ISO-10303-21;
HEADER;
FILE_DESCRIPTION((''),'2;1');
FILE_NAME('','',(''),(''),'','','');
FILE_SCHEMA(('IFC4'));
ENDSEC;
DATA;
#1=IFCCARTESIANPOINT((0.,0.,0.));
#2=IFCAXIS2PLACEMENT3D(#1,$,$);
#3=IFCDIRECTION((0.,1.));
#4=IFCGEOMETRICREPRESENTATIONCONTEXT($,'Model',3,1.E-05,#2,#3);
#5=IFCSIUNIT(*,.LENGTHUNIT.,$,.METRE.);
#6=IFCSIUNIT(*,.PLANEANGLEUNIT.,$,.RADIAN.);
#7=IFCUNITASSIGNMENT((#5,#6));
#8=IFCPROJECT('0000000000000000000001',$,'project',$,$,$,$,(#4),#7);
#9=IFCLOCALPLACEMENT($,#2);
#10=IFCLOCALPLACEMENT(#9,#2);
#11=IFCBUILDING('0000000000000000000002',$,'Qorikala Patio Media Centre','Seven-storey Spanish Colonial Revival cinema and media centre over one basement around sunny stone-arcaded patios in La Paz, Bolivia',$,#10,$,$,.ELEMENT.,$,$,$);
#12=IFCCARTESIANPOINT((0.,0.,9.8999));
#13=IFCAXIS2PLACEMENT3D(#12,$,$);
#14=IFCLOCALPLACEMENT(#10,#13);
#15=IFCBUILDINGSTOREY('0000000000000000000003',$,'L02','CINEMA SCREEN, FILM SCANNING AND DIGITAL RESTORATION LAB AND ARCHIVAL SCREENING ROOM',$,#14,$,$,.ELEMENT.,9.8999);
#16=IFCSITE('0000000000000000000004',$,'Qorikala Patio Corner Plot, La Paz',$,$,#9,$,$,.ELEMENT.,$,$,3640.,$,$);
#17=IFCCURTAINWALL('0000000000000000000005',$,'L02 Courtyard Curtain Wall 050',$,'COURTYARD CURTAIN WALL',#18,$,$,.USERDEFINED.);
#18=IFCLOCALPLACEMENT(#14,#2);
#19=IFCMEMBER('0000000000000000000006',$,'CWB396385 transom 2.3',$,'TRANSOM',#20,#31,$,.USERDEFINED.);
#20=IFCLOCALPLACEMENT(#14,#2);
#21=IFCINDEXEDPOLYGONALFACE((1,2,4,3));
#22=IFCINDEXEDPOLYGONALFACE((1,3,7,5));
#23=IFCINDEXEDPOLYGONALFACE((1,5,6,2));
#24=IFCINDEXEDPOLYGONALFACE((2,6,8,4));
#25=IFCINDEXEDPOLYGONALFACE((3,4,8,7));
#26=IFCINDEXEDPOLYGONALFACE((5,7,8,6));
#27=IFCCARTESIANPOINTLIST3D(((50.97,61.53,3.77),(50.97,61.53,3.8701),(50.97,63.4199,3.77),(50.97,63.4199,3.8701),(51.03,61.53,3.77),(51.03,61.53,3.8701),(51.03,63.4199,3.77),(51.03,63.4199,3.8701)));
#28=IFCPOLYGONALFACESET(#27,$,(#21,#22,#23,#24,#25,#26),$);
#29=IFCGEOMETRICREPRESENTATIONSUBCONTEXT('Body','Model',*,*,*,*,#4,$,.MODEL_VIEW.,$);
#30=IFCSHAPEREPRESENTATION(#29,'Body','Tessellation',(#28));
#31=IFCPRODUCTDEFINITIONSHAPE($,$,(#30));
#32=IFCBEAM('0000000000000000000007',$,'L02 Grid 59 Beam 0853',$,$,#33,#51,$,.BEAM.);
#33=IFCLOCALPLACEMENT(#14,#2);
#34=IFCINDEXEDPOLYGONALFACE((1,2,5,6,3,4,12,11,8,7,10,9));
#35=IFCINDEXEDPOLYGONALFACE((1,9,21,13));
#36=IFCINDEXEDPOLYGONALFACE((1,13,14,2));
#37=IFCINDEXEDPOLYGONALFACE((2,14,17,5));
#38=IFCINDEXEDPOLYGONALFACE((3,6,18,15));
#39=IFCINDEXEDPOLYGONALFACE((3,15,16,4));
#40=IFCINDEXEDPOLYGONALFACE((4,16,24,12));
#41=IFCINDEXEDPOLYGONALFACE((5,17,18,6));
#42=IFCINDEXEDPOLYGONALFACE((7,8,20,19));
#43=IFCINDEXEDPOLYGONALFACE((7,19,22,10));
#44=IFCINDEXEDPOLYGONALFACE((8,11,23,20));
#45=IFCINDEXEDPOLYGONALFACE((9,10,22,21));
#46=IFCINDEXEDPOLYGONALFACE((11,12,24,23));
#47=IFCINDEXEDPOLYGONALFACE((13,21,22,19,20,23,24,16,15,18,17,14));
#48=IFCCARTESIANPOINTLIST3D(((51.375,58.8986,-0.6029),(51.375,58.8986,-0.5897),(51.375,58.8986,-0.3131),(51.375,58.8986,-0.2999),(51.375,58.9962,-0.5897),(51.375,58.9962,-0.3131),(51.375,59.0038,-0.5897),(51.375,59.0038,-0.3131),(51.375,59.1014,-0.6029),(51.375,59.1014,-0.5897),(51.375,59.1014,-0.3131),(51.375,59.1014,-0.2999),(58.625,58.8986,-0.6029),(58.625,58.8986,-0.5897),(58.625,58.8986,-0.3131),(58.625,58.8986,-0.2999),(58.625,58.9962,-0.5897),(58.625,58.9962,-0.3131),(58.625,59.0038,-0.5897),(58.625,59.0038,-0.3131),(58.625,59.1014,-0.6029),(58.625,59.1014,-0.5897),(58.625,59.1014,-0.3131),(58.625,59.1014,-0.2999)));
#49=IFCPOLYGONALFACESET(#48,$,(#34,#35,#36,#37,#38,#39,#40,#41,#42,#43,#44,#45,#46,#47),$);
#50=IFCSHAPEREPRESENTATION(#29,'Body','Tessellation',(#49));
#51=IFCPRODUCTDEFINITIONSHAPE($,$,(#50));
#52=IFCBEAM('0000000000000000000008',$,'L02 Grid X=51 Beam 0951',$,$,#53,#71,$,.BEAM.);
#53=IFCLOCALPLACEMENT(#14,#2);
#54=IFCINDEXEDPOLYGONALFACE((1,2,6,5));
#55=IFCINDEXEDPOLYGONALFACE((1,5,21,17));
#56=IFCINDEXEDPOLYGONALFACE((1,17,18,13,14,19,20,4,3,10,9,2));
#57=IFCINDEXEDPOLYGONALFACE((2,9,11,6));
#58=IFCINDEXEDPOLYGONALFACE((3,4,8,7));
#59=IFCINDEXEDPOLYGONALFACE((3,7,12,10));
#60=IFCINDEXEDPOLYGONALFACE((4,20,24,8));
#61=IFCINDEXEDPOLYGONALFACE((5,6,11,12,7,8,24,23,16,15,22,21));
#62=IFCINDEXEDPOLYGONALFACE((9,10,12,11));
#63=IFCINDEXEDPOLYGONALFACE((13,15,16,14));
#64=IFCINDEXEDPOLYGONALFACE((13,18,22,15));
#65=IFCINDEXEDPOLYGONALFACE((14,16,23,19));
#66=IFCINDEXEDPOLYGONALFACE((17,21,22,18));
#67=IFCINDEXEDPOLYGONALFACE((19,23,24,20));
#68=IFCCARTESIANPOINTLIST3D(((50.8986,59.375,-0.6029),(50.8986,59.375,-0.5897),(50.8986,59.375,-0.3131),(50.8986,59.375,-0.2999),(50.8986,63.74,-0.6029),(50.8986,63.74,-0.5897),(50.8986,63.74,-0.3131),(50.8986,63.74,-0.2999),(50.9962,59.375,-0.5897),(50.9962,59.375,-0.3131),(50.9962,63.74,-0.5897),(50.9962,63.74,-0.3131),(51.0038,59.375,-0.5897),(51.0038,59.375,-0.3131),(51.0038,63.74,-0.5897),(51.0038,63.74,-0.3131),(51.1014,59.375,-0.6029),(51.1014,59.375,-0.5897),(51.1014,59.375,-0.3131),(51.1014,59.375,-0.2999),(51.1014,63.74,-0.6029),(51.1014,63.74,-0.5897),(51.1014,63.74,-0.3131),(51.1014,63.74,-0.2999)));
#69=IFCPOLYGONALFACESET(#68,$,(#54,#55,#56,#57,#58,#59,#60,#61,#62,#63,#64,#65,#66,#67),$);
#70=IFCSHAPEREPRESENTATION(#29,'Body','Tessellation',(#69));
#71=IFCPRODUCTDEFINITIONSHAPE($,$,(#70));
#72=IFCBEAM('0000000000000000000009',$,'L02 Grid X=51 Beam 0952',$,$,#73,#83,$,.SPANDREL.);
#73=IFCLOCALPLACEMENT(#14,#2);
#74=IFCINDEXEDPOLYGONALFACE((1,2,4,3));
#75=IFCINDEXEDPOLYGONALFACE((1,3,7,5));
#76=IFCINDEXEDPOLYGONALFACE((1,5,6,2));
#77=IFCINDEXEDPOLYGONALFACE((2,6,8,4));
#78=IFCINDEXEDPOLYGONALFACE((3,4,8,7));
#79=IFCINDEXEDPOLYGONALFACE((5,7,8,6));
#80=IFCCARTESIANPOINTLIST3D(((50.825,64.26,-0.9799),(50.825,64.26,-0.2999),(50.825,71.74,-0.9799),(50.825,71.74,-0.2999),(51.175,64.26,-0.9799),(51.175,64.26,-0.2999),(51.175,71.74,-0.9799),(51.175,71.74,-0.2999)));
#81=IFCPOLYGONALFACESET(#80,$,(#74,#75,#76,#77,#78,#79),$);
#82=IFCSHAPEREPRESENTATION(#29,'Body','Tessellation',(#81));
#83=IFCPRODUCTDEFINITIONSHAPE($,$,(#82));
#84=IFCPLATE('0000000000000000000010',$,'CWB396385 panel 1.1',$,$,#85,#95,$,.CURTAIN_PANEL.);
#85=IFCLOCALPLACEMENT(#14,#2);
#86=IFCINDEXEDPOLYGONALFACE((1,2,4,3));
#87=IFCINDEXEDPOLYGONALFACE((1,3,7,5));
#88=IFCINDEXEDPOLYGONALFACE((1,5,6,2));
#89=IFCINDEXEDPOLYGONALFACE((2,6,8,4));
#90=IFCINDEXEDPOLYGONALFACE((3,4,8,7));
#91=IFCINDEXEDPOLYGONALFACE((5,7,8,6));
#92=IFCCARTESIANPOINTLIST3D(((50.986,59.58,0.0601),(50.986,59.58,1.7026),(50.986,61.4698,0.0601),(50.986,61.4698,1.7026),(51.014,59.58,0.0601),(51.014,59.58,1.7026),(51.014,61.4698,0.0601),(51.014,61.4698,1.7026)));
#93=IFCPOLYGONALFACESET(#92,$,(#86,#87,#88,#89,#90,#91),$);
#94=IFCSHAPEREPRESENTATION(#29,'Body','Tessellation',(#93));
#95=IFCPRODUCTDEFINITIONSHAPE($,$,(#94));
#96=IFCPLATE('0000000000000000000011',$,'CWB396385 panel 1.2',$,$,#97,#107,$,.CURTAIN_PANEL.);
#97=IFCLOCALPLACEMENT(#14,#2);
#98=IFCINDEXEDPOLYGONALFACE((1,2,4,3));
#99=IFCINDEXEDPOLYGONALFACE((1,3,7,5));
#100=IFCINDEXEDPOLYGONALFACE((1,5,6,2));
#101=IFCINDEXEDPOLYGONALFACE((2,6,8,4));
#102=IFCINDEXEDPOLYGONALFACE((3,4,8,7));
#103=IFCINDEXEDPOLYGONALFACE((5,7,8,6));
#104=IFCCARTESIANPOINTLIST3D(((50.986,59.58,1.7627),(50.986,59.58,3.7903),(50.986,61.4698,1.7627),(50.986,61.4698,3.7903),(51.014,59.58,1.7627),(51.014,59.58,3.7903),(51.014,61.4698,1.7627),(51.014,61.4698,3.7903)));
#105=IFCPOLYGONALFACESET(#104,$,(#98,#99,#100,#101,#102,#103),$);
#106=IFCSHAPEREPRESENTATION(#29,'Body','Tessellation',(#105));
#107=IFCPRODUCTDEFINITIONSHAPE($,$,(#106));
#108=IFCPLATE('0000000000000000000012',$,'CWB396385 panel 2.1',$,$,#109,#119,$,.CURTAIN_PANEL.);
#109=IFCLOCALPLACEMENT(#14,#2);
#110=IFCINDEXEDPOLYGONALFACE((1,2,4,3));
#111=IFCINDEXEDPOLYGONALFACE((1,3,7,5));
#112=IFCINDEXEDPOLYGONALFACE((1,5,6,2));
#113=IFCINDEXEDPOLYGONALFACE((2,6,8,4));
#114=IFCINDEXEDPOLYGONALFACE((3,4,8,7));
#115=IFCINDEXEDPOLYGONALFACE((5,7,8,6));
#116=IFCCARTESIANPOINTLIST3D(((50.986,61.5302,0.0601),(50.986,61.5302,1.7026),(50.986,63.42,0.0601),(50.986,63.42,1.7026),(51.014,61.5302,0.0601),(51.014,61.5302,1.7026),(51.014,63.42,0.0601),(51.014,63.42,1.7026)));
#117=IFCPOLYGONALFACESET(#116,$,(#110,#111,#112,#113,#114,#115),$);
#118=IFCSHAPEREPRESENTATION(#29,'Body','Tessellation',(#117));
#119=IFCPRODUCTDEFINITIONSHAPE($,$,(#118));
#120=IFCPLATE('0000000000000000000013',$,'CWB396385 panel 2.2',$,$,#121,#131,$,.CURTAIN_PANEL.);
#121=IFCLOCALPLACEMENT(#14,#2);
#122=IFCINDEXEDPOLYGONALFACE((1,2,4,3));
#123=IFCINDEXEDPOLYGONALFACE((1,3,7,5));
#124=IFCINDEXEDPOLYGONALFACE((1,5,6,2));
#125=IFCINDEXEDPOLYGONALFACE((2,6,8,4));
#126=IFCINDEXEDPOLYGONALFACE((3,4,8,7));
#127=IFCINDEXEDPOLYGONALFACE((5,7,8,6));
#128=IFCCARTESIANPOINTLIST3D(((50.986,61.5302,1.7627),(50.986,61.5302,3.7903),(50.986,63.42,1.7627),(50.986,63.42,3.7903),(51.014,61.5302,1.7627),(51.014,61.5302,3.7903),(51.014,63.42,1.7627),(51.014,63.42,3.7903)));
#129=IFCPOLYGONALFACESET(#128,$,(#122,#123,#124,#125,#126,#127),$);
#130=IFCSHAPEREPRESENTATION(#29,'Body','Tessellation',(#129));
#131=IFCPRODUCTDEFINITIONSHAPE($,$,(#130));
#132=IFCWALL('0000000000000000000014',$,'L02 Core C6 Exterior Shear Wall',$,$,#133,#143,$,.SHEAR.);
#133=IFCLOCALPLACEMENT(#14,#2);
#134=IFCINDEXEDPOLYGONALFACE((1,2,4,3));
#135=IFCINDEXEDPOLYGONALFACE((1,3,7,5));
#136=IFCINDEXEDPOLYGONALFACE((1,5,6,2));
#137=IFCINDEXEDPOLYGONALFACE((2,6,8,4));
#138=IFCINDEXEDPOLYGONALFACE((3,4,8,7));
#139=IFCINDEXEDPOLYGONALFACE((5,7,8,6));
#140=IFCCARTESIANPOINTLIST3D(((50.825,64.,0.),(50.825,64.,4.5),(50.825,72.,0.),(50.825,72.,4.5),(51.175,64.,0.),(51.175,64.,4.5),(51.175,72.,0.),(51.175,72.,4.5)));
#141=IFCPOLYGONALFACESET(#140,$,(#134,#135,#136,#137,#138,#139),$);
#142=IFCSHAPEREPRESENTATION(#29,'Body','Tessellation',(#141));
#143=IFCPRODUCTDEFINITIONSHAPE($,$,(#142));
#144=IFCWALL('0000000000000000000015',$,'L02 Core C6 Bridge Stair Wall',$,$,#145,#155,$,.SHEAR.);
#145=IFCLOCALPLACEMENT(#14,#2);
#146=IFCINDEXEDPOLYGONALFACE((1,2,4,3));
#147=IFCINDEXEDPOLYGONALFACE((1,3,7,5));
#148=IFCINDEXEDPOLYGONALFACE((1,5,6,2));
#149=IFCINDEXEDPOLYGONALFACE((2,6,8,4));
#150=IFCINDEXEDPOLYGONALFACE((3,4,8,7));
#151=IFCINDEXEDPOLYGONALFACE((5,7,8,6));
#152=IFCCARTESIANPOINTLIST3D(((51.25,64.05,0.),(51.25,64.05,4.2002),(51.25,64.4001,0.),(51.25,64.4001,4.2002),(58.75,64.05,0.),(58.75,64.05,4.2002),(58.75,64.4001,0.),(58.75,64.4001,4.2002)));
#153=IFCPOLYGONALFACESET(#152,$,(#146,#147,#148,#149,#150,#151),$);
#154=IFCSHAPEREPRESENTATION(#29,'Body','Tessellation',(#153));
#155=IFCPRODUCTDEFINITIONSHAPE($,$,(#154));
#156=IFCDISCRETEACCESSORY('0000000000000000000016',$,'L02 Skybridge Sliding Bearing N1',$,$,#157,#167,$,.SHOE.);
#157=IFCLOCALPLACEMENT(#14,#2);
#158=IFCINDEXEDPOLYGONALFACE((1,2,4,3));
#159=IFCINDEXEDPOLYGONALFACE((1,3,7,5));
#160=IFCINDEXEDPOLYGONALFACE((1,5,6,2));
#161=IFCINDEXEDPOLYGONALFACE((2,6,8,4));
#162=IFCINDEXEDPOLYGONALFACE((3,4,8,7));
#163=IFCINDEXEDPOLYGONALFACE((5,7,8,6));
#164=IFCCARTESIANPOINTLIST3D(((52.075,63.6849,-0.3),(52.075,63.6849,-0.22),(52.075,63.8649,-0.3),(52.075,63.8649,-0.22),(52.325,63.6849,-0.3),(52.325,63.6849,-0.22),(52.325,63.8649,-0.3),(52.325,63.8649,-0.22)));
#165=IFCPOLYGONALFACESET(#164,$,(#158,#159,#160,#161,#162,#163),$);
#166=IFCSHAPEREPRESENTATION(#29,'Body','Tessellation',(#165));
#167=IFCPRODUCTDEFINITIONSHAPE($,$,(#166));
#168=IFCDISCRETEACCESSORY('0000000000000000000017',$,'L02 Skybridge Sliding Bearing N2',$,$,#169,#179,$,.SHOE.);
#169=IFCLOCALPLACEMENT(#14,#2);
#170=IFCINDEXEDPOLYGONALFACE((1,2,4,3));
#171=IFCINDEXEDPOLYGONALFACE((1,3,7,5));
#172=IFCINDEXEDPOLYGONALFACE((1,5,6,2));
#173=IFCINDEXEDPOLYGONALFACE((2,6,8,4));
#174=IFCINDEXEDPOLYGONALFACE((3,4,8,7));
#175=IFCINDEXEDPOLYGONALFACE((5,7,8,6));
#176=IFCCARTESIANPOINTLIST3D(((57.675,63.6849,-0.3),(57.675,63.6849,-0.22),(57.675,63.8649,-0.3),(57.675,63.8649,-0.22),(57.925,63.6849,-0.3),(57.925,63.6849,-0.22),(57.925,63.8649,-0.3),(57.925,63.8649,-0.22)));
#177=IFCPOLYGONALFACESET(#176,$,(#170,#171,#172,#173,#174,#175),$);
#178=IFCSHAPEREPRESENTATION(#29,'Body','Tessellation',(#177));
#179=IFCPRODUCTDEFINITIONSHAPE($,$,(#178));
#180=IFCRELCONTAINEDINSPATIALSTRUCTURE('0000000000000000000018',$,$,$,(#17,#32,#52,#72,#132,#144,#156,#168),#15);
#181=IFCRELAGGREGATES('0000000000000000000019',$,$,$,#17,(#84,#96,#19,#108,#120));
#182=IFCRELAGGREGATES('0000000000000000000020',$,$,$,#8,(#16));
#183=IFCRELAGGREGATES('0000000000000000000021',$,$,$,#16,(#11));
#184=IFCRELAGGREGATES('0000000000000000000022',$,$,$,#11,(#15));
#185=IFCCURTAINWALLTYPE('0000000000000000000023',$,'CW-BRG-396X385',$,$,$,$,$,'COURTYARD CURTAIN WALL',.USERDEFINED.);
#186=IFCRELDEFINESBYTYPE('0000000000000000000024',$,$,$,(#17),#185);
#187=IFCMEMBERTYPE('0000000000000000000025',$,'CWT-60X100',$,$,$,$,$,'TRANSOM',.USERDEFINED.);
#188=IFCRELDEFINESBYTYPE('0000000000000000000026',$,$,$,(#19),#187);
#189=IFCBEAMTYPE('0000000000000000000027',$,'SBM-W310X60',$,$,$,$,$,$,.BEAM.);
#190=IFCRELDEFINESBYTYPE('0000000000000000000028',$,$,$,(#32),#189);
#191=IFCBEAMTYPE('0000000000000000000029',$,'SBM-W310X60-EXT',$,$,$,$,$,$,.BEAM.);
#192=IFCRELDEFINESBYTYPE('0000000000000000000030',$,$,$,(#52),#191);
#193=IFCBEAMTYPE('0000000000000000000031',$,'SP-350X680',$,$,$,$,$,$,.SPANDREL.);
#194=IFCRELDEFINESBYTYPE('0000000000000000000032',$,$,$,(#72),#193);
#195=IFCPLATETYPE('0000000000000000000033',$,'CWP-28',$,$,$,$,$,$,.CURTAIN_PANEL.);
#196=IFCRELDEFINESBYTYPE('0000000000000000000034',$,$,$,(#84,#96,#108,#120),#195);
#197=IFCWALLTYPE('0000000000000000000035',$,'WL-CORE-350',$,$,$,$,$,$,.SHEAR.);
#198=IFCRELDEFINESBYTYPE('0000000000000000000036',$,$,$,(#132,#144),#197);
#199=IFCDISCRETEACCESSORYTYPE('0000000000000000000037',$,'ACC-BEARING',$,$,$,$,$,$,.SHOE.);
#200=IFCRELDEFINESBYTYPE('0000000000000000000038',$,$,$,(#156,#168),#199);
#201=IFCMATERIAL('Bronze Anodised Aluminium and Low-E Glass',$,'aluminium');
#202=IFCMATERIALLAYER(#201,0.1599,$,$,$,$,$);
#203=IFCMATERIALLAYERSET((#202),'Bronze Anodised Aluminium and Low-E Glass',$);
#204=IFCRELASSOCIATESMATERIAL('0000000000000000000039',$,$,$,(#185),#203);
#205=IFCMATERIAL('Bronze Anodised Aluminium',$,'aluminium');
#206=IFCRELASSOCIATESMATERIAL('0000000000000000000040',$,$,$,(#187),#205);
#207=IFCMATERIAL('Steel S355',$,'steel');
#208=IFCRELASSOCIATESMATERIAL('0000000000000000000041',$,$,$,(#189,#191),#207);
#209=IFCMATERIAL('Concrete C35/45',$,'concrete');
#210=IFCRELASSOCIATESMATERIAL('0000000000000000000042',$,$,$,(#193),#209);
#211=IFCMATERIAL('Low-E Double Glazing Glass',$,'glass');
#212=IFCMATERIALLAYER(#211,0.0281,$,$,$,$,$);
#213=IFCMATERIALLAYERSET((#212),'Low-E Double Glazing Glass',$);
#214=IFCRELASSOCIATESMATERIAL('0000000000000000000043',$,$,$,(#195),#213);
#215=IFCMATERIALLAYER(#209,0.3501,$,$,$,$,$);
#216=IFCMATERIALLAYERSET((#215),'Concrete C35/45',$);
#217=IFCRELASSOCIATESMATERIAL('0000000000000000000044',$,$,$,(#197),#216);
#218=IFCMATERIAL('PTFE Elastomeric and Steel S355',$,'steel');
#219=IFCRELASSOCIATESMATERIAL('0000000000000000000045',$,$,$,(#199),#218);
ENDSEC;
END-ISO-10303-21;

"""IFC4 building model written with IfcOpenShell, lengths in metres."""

from ifc_helpers import new_model, si_unit, direction, frame, frame_2d, origin, origin_2d, place, context, subcontext, project, spatial, rectangle, i_section, extrude, material, layer, layer_set, material_profile, profile_set, type_object, element, aggregate, save


model = new_model("IFC4")

# Units and contexts
model_context = context("Model", 3, precision=1e-05, world=origin(), true_north=direction((0.0, 1.0)))
body_context = subcontext(model_context, "Body", "Model", "MODEL_VIEW")
ifc_project = project(units=[si_unit("LENGTHUNIT", "METRE"), si_unit("PLANEANGLEUNIT", "RADIAN")], contexts=[model_context])

# Site, building, storey
site_placement = place(None, origin())
site = spatial("IfcSite", under=ifc_project, at=site_placement, Name="Qorikala Patio Corner Plot, La Paz", CompositionType="ELEMENT", RefElevation=3640.0)
building_placement = place(site_placement, origin())
building = spatial("IfcBuilding", under=site, at=building_placement, Name="Qorikala Patio Media Centre", Description="Seven-storey Spanish Colonial Revival cinema and media centre over one basement around sunny stone-arcaded patios in La Paz, Bolivia", CompositionType="ELEMENT")
storey_placement = place(building_placement, frame((0.0, 0.0, 9.8999)))
storey = spatial("IfcBuildingStorey", under=building, at=storey_placement, Name="L02", Description="CINEMA SCREEN, FILM SCANNING AND DIGITAL RESTORATION LAB AND ARCHIVAL SCREENING ROOM", CompositionType="ELEMENT", Elevation=9.8999)

# Shared definitions
ifc_material_1 = material(Name="Concrete C35/45", Category="concrete")

# Shared definitions
ifc_material_2 = material(Name="Bronze Anodised Aluminium and Low-E Glass", Category="aluminium")
ifc_material_3 = material(Name="Bronze Anodised Aluminium", Category="aluminium")

# Curtain wall, member
ifc_layer_1 = layer(ifc_material_2, 0.1599)
ifc_layer_set_1 = layer_set([ifc_layer_1], Name="Bronze Anodised Aluminium and Low-E Glass")
curtain_wall_type_1 = type_object("IfcCurtainWallType", Name="CW-BRG-396X385", ElementType="COURTYARD CURTAIN WALL", PredefinedType="USERDEFINED", material=ifc_layer_set_1)
curtain_wall_1_placement = place(storey_placement, origin())
curtain_wall_1 = element("IfcCurtainWall", 1, at=curtain_wall_1_placement, inside=storey, type_object=curtain_wall_type_1, Name="L02 Courtyard Curtain Wall 050", ObjectType="COURTYARD CURTAIN WALL", PredefinedType="USERDEFINED")
ifc_material_profile_1 = material_profile(ifc_material_3, rectangle(XDim=0.0601, YDim=0.1001, at=origin_2d()), Name="ALU TRANSOM 60x100")
ifc_profile_set_1 = profile_set([ifc_material_profile_1], Name="Bronze Anodised Aluminium")
member_type_1 = type_object("IfcMemberType", Name="CWT-60X100", ElementType="TRANSOM", PredefinedType="USERDEFINED", material=ifc_profile_set_1)
member_1_placement = place(storey_placement, frame((51.0, 61.53, 3.8201), z_axis=(0.0, 1.0, 0.0), x_axis=(-1.0, 0.0, 0.0)))
member_1 = element("IfcMember", 2, at=member_1_placement, type_object=member_type_1, Name="CWB396385 transom 2.3", ObjectType="TRANSOM", PredefinedType="USERDEFINED", context=body_context, shape_type="SweptSolid", body=[
    extrude(rectangle(XDim=0.0601, YDim=0.1001, at=origin_2d()), origin(), (0.0, 0.0, 1.0), 1.8899),
])

# Beams
ifc_material_4 = material(Name="Steel S355", Category="steel")
ifc_material_profile_2 = material_profile(ifc_material_4, i_section(OverallWidth=0.2029, OverallDepth=0.303, WebThickness=0.0076, FlangeThickness=0.0132, at=origin_2d()), Name="W310X60")
ifc_profile_set_2 = profile_set([ifc_material_profile_2], Name="Steel S355")
beam_type_1 = type_object("IfcBeamType", Name="SBM-W310X60", PredefinedType="BEAM", material=ifc_profile_set_2)
beam_1_placement = place(storey_placement, frame((51.375, 59.0, -0.4514), z_axis=(1.0, 0.0, 0.0), x_axis=(0.0, 1.0, 0.0)))
element("IfcBeam", 3, at=beam_1_placement, inside=storey, type_object=beam_type_1, Name="L02 Grid 59 Beam 0853", PredefinedType="BEAM", context=body_context, shape_type="SweptSolid", body=[
    extrude(i_section(OverallWidth=0.2029, OverallDepth=0.303, WebThickness=0.0076, FlangeThickness=0.0132, at=origin_2d()), origin(), (0.0, 0.0, 1.0), 7.25),
])
ifc_material_profile_3 = material_profile(ifc_material_4, i_section(OverallWidth=0.2029, OverallDepth=0.303, WebThickness=0.0076, FlangeThickness=0.0132, at=origin_2d()), Name="W310X60")
ifc_profile_set_3 = profile_set([ifc_material_profile_3], Name="Steel S355")
beam_type_2 = type_object("IfcBeamType", Name="SBM-W310X60-EXT", PredefinedType="BEAM", material=ifc_profile_set_3)
beam_2_placement = place(storey_placement, frame((51.0, 59.375, -0.4514), z_axis=(0.0, 1.0, 0.0), x_axis=(-1.0, 0.0, 0.0)))
element("IfcBeam", 4, at=beam_2_placement, inside=storey, type_object=beam_type_2, Name="L02 Grid X=51 Beam 0951", PredefinedType="BEAM", context=body_context, shape_type="SweptSolid", body=[
    extrude(i_section(OverallWidth=0.2029, OverallDepth=0.303, WebThickness=0.0076, FlangeThickness=0.0132, at=origin_2d()), origin(), (0.0, 0.0, 1.0), 4.365),
])
ifc_material_profile_4 = material_profile(ifc_material_1, rectangle(XDim=0.3501, YDim=0.6799, at=origin_2d()), Name="RC 350x680")
ifc_profile_set_4 = profile_set([ifc_material_profile_4], Name="Concrete C35/45")
beam_type_3 = type_object("IfcBeamType", Name="SP-350X680", PredefinedType="SPANDREL", material=ifc_profile_set_4)
beam_3_placement = place(storey_placement, frame((51.0, 64.26, -0.6399), z_axis=(0.0, 1.0, 0.0), x_axis=(-1.0, 0.0, 0.0)))
element("IfcBeam", 5, at=beam_3_placement, inside=storey, type_object=beam_type_3, Name="L02 Grid X=51 Beam 0952", PredefinedType="SPANDREL", context=body_context, shape_type="SweptSolid", body=[
    extrude(rectangle(XDim=0.3501, YDim=0.6799, at=origin_2d()), origin(), (0.0, 0.0, 1.0), 7.48),
])

# Plates
ifc_material_5 = material(Name="Low-E Double Glazing Glass", Category="glass")
ifc_layer_2 = layer(ifc_material_5, 0.0281)
ifc_layer_set_2 = layer_set([ifc_layer_2], Name="Low-E Double Glazing Glass")
plate_type = type_object("IfcPlateType", Name="CWP-28", PredefinedType="CURTAIN_PANEL", material=ifc_layer_set_2)
plate_1_placement = place(storey_placement, frame((51.0, 60.5249, 0.0601), z_axis=(0.0, 0.0, 1.0), x_axis=(0.0, 1.0, 0.0)))
plate_1 = element("IfcPlate", 6, at=plate_1_placement, type_object=plate_type, Name="CWB396385 panel 1.1", PredefinedType="CURTAIN_PANEL", context=body_context, shape_type="SweptSolid", body=[
    extrude(rectangle(XDim=1.8899, YDim=0.0281, at=origin_2d()), origin(), (0.0, 0.0, 1.0), 1.6426),
])
plate_2_placement = place(storey_placement, frame((51.0, 60.5249, 1.7627), z_axis=(0.0, 0.0, 1.0), x_axis=(0.0, 1.0, 0.0)))
plate_2 = element("IfcPlate", 7, at=plate_2_placement, type_object=plate_type, Name="CWB396385 panel 1.2", PredefinedType="CURTAIN_PANEL", context=body_context, shape_type="SweptSolid", body=[
    extrude(rectangle(XDim=1.8899, YDim=0.0281, at=origin_2d()), origin(), (0.0, 0.0, 1.0), 2.0276),
])
plate_3_placement = place(storey_placement, frame((51.0, 62.4751, 0.0601), z_axis=(0.0, 0.0, 1.0), x_axis=(0.0, 1.0, 0.0)))
plate_3 = element("IfcPlate", 8, at=plate_3_placement, type_object=plate_type, Name="CWB396385 panel 2.1", PredefinedType="CURTAIN_PANEL", context=body_context, shape_type="SweptSolid", body=[
    extrude(rectangle(XDim=1.8899, YDim=0.0281, at=origin_2d()), origin(), (0.0, 0.0, 1.0), 1.6426),
])
plate_4_placement = place(storey_placement, frame((51.0, 62.4751, 1.7627), z_axis=(0.0, 0.0, 1.0), x_axis=(0.0, 1.0, 0.0)))
plate_4 = element("IfcPlate", 9, at=plate_4_placement, type_object=plate_type, Name="CWB396385 panel 2.2", PredefinedType="CURTAIN_PANEL", context=body_context, shape_type="SweptSolid", body=[
    extrude(rectangle(XDim=1.8899, YDim=0.0281, at=origin_2d()), origin(), (0.0, 0.0, 1.0), 2.0276),
])
aggregate(curtain_wall_1, [plate_1, plate_2, member_1, plate_3, plate_4])

# Walls
ifc_layer_3 = layer(ifc_material_1, 0.3501)
ifc_layer_set_3 = layer_set([ifc_layer_3], Name="Concrete C35/45")
wall_type = type_object("IfcWallType", Name="WL-CORE-350", PredefinedType="SHEAR", material=ifc_layer_set_3)
wall_1_placement = place(storey_placement, frame((51.0, 64.0, 0.0), z_axis=(0.0, 0.0, 1.0), x_axis=(0.0, 1.0, 0.0)))
element("IfcWall", 10, at=wall_1_placement, inside=storey, type_object=wall_type, Name="L02 Core C6 Exterior Shear Wall", PredefinedType="SHEAR", context=body_context, shape_type="SweptSolid", body=[
    extrude(rectangle(XDim=8.0, YDim=0.3501, at=frame_2d((4.0, 0.0))), origin(), (0.0, 0.0, 1.0), 4.5),
])
wall_2_placement = place(storey_placement, frame((51.25, 64.2251, 0.0), z_axis=(0.0, 0.0, 1.0), x_axis=(1.0, 0.0, 0.0)))
element("IfcWall", 11, at=wall_2_placement, inside=storey, type_object=wall_type, Name="L02 Core C6 Bridge Stair Wall", PredefinedType="SHEAR", context=body_context, shape_type="SweptSolid", body=[
    extrude(rectangle(XDim=7.5, YDim=0.3501, at=frame_2d((3.75, 0.0))), origin(), (0.0, 0.0, 1.0), 4.2002),
])

# Discrete accessories
ifc_material_6 = material(Name="PTFE Elastomeric and Steel S355", Category="steel")
discrete_accessory_type = type_object("IfcDiscreteAccessoryType", Name="ACC-BEARING", PredefinedType="SHOE", material=ifc_material_6)
for number, where, z_axis, x_axis, name in (
    (12, (52.2, 63.7749, -0.3), (0.0, 0.0, 1.0), (1.0, 0.0, 0.0), "L02 Skybridge Sliding Bearing N1"),
    (13, (57.8, 63.7749, -0.3), (0.0, 0.0, 1.0), (1.0, 0.0, 0.0), "L02 Skybridge Sliding Bearing N2"),
):
    element("IfcDiscreteAccessory", number, at=place(storey_placement, frame(where, z_axis=z_axis, x_axis=x_axis)), inside=storey, type_object=discrete_accessory_type, Name=name, PredefinedType="SHOE", context=body_context, shape_type="SweptSolid", body=[
        extrude(rectangle(XDim=0.25, YDim=0.1799, at=origin_2d()), origin(), (0.0, 0.0, 1.0), 0.0801),
    ])

save(model, "model.ifc")
